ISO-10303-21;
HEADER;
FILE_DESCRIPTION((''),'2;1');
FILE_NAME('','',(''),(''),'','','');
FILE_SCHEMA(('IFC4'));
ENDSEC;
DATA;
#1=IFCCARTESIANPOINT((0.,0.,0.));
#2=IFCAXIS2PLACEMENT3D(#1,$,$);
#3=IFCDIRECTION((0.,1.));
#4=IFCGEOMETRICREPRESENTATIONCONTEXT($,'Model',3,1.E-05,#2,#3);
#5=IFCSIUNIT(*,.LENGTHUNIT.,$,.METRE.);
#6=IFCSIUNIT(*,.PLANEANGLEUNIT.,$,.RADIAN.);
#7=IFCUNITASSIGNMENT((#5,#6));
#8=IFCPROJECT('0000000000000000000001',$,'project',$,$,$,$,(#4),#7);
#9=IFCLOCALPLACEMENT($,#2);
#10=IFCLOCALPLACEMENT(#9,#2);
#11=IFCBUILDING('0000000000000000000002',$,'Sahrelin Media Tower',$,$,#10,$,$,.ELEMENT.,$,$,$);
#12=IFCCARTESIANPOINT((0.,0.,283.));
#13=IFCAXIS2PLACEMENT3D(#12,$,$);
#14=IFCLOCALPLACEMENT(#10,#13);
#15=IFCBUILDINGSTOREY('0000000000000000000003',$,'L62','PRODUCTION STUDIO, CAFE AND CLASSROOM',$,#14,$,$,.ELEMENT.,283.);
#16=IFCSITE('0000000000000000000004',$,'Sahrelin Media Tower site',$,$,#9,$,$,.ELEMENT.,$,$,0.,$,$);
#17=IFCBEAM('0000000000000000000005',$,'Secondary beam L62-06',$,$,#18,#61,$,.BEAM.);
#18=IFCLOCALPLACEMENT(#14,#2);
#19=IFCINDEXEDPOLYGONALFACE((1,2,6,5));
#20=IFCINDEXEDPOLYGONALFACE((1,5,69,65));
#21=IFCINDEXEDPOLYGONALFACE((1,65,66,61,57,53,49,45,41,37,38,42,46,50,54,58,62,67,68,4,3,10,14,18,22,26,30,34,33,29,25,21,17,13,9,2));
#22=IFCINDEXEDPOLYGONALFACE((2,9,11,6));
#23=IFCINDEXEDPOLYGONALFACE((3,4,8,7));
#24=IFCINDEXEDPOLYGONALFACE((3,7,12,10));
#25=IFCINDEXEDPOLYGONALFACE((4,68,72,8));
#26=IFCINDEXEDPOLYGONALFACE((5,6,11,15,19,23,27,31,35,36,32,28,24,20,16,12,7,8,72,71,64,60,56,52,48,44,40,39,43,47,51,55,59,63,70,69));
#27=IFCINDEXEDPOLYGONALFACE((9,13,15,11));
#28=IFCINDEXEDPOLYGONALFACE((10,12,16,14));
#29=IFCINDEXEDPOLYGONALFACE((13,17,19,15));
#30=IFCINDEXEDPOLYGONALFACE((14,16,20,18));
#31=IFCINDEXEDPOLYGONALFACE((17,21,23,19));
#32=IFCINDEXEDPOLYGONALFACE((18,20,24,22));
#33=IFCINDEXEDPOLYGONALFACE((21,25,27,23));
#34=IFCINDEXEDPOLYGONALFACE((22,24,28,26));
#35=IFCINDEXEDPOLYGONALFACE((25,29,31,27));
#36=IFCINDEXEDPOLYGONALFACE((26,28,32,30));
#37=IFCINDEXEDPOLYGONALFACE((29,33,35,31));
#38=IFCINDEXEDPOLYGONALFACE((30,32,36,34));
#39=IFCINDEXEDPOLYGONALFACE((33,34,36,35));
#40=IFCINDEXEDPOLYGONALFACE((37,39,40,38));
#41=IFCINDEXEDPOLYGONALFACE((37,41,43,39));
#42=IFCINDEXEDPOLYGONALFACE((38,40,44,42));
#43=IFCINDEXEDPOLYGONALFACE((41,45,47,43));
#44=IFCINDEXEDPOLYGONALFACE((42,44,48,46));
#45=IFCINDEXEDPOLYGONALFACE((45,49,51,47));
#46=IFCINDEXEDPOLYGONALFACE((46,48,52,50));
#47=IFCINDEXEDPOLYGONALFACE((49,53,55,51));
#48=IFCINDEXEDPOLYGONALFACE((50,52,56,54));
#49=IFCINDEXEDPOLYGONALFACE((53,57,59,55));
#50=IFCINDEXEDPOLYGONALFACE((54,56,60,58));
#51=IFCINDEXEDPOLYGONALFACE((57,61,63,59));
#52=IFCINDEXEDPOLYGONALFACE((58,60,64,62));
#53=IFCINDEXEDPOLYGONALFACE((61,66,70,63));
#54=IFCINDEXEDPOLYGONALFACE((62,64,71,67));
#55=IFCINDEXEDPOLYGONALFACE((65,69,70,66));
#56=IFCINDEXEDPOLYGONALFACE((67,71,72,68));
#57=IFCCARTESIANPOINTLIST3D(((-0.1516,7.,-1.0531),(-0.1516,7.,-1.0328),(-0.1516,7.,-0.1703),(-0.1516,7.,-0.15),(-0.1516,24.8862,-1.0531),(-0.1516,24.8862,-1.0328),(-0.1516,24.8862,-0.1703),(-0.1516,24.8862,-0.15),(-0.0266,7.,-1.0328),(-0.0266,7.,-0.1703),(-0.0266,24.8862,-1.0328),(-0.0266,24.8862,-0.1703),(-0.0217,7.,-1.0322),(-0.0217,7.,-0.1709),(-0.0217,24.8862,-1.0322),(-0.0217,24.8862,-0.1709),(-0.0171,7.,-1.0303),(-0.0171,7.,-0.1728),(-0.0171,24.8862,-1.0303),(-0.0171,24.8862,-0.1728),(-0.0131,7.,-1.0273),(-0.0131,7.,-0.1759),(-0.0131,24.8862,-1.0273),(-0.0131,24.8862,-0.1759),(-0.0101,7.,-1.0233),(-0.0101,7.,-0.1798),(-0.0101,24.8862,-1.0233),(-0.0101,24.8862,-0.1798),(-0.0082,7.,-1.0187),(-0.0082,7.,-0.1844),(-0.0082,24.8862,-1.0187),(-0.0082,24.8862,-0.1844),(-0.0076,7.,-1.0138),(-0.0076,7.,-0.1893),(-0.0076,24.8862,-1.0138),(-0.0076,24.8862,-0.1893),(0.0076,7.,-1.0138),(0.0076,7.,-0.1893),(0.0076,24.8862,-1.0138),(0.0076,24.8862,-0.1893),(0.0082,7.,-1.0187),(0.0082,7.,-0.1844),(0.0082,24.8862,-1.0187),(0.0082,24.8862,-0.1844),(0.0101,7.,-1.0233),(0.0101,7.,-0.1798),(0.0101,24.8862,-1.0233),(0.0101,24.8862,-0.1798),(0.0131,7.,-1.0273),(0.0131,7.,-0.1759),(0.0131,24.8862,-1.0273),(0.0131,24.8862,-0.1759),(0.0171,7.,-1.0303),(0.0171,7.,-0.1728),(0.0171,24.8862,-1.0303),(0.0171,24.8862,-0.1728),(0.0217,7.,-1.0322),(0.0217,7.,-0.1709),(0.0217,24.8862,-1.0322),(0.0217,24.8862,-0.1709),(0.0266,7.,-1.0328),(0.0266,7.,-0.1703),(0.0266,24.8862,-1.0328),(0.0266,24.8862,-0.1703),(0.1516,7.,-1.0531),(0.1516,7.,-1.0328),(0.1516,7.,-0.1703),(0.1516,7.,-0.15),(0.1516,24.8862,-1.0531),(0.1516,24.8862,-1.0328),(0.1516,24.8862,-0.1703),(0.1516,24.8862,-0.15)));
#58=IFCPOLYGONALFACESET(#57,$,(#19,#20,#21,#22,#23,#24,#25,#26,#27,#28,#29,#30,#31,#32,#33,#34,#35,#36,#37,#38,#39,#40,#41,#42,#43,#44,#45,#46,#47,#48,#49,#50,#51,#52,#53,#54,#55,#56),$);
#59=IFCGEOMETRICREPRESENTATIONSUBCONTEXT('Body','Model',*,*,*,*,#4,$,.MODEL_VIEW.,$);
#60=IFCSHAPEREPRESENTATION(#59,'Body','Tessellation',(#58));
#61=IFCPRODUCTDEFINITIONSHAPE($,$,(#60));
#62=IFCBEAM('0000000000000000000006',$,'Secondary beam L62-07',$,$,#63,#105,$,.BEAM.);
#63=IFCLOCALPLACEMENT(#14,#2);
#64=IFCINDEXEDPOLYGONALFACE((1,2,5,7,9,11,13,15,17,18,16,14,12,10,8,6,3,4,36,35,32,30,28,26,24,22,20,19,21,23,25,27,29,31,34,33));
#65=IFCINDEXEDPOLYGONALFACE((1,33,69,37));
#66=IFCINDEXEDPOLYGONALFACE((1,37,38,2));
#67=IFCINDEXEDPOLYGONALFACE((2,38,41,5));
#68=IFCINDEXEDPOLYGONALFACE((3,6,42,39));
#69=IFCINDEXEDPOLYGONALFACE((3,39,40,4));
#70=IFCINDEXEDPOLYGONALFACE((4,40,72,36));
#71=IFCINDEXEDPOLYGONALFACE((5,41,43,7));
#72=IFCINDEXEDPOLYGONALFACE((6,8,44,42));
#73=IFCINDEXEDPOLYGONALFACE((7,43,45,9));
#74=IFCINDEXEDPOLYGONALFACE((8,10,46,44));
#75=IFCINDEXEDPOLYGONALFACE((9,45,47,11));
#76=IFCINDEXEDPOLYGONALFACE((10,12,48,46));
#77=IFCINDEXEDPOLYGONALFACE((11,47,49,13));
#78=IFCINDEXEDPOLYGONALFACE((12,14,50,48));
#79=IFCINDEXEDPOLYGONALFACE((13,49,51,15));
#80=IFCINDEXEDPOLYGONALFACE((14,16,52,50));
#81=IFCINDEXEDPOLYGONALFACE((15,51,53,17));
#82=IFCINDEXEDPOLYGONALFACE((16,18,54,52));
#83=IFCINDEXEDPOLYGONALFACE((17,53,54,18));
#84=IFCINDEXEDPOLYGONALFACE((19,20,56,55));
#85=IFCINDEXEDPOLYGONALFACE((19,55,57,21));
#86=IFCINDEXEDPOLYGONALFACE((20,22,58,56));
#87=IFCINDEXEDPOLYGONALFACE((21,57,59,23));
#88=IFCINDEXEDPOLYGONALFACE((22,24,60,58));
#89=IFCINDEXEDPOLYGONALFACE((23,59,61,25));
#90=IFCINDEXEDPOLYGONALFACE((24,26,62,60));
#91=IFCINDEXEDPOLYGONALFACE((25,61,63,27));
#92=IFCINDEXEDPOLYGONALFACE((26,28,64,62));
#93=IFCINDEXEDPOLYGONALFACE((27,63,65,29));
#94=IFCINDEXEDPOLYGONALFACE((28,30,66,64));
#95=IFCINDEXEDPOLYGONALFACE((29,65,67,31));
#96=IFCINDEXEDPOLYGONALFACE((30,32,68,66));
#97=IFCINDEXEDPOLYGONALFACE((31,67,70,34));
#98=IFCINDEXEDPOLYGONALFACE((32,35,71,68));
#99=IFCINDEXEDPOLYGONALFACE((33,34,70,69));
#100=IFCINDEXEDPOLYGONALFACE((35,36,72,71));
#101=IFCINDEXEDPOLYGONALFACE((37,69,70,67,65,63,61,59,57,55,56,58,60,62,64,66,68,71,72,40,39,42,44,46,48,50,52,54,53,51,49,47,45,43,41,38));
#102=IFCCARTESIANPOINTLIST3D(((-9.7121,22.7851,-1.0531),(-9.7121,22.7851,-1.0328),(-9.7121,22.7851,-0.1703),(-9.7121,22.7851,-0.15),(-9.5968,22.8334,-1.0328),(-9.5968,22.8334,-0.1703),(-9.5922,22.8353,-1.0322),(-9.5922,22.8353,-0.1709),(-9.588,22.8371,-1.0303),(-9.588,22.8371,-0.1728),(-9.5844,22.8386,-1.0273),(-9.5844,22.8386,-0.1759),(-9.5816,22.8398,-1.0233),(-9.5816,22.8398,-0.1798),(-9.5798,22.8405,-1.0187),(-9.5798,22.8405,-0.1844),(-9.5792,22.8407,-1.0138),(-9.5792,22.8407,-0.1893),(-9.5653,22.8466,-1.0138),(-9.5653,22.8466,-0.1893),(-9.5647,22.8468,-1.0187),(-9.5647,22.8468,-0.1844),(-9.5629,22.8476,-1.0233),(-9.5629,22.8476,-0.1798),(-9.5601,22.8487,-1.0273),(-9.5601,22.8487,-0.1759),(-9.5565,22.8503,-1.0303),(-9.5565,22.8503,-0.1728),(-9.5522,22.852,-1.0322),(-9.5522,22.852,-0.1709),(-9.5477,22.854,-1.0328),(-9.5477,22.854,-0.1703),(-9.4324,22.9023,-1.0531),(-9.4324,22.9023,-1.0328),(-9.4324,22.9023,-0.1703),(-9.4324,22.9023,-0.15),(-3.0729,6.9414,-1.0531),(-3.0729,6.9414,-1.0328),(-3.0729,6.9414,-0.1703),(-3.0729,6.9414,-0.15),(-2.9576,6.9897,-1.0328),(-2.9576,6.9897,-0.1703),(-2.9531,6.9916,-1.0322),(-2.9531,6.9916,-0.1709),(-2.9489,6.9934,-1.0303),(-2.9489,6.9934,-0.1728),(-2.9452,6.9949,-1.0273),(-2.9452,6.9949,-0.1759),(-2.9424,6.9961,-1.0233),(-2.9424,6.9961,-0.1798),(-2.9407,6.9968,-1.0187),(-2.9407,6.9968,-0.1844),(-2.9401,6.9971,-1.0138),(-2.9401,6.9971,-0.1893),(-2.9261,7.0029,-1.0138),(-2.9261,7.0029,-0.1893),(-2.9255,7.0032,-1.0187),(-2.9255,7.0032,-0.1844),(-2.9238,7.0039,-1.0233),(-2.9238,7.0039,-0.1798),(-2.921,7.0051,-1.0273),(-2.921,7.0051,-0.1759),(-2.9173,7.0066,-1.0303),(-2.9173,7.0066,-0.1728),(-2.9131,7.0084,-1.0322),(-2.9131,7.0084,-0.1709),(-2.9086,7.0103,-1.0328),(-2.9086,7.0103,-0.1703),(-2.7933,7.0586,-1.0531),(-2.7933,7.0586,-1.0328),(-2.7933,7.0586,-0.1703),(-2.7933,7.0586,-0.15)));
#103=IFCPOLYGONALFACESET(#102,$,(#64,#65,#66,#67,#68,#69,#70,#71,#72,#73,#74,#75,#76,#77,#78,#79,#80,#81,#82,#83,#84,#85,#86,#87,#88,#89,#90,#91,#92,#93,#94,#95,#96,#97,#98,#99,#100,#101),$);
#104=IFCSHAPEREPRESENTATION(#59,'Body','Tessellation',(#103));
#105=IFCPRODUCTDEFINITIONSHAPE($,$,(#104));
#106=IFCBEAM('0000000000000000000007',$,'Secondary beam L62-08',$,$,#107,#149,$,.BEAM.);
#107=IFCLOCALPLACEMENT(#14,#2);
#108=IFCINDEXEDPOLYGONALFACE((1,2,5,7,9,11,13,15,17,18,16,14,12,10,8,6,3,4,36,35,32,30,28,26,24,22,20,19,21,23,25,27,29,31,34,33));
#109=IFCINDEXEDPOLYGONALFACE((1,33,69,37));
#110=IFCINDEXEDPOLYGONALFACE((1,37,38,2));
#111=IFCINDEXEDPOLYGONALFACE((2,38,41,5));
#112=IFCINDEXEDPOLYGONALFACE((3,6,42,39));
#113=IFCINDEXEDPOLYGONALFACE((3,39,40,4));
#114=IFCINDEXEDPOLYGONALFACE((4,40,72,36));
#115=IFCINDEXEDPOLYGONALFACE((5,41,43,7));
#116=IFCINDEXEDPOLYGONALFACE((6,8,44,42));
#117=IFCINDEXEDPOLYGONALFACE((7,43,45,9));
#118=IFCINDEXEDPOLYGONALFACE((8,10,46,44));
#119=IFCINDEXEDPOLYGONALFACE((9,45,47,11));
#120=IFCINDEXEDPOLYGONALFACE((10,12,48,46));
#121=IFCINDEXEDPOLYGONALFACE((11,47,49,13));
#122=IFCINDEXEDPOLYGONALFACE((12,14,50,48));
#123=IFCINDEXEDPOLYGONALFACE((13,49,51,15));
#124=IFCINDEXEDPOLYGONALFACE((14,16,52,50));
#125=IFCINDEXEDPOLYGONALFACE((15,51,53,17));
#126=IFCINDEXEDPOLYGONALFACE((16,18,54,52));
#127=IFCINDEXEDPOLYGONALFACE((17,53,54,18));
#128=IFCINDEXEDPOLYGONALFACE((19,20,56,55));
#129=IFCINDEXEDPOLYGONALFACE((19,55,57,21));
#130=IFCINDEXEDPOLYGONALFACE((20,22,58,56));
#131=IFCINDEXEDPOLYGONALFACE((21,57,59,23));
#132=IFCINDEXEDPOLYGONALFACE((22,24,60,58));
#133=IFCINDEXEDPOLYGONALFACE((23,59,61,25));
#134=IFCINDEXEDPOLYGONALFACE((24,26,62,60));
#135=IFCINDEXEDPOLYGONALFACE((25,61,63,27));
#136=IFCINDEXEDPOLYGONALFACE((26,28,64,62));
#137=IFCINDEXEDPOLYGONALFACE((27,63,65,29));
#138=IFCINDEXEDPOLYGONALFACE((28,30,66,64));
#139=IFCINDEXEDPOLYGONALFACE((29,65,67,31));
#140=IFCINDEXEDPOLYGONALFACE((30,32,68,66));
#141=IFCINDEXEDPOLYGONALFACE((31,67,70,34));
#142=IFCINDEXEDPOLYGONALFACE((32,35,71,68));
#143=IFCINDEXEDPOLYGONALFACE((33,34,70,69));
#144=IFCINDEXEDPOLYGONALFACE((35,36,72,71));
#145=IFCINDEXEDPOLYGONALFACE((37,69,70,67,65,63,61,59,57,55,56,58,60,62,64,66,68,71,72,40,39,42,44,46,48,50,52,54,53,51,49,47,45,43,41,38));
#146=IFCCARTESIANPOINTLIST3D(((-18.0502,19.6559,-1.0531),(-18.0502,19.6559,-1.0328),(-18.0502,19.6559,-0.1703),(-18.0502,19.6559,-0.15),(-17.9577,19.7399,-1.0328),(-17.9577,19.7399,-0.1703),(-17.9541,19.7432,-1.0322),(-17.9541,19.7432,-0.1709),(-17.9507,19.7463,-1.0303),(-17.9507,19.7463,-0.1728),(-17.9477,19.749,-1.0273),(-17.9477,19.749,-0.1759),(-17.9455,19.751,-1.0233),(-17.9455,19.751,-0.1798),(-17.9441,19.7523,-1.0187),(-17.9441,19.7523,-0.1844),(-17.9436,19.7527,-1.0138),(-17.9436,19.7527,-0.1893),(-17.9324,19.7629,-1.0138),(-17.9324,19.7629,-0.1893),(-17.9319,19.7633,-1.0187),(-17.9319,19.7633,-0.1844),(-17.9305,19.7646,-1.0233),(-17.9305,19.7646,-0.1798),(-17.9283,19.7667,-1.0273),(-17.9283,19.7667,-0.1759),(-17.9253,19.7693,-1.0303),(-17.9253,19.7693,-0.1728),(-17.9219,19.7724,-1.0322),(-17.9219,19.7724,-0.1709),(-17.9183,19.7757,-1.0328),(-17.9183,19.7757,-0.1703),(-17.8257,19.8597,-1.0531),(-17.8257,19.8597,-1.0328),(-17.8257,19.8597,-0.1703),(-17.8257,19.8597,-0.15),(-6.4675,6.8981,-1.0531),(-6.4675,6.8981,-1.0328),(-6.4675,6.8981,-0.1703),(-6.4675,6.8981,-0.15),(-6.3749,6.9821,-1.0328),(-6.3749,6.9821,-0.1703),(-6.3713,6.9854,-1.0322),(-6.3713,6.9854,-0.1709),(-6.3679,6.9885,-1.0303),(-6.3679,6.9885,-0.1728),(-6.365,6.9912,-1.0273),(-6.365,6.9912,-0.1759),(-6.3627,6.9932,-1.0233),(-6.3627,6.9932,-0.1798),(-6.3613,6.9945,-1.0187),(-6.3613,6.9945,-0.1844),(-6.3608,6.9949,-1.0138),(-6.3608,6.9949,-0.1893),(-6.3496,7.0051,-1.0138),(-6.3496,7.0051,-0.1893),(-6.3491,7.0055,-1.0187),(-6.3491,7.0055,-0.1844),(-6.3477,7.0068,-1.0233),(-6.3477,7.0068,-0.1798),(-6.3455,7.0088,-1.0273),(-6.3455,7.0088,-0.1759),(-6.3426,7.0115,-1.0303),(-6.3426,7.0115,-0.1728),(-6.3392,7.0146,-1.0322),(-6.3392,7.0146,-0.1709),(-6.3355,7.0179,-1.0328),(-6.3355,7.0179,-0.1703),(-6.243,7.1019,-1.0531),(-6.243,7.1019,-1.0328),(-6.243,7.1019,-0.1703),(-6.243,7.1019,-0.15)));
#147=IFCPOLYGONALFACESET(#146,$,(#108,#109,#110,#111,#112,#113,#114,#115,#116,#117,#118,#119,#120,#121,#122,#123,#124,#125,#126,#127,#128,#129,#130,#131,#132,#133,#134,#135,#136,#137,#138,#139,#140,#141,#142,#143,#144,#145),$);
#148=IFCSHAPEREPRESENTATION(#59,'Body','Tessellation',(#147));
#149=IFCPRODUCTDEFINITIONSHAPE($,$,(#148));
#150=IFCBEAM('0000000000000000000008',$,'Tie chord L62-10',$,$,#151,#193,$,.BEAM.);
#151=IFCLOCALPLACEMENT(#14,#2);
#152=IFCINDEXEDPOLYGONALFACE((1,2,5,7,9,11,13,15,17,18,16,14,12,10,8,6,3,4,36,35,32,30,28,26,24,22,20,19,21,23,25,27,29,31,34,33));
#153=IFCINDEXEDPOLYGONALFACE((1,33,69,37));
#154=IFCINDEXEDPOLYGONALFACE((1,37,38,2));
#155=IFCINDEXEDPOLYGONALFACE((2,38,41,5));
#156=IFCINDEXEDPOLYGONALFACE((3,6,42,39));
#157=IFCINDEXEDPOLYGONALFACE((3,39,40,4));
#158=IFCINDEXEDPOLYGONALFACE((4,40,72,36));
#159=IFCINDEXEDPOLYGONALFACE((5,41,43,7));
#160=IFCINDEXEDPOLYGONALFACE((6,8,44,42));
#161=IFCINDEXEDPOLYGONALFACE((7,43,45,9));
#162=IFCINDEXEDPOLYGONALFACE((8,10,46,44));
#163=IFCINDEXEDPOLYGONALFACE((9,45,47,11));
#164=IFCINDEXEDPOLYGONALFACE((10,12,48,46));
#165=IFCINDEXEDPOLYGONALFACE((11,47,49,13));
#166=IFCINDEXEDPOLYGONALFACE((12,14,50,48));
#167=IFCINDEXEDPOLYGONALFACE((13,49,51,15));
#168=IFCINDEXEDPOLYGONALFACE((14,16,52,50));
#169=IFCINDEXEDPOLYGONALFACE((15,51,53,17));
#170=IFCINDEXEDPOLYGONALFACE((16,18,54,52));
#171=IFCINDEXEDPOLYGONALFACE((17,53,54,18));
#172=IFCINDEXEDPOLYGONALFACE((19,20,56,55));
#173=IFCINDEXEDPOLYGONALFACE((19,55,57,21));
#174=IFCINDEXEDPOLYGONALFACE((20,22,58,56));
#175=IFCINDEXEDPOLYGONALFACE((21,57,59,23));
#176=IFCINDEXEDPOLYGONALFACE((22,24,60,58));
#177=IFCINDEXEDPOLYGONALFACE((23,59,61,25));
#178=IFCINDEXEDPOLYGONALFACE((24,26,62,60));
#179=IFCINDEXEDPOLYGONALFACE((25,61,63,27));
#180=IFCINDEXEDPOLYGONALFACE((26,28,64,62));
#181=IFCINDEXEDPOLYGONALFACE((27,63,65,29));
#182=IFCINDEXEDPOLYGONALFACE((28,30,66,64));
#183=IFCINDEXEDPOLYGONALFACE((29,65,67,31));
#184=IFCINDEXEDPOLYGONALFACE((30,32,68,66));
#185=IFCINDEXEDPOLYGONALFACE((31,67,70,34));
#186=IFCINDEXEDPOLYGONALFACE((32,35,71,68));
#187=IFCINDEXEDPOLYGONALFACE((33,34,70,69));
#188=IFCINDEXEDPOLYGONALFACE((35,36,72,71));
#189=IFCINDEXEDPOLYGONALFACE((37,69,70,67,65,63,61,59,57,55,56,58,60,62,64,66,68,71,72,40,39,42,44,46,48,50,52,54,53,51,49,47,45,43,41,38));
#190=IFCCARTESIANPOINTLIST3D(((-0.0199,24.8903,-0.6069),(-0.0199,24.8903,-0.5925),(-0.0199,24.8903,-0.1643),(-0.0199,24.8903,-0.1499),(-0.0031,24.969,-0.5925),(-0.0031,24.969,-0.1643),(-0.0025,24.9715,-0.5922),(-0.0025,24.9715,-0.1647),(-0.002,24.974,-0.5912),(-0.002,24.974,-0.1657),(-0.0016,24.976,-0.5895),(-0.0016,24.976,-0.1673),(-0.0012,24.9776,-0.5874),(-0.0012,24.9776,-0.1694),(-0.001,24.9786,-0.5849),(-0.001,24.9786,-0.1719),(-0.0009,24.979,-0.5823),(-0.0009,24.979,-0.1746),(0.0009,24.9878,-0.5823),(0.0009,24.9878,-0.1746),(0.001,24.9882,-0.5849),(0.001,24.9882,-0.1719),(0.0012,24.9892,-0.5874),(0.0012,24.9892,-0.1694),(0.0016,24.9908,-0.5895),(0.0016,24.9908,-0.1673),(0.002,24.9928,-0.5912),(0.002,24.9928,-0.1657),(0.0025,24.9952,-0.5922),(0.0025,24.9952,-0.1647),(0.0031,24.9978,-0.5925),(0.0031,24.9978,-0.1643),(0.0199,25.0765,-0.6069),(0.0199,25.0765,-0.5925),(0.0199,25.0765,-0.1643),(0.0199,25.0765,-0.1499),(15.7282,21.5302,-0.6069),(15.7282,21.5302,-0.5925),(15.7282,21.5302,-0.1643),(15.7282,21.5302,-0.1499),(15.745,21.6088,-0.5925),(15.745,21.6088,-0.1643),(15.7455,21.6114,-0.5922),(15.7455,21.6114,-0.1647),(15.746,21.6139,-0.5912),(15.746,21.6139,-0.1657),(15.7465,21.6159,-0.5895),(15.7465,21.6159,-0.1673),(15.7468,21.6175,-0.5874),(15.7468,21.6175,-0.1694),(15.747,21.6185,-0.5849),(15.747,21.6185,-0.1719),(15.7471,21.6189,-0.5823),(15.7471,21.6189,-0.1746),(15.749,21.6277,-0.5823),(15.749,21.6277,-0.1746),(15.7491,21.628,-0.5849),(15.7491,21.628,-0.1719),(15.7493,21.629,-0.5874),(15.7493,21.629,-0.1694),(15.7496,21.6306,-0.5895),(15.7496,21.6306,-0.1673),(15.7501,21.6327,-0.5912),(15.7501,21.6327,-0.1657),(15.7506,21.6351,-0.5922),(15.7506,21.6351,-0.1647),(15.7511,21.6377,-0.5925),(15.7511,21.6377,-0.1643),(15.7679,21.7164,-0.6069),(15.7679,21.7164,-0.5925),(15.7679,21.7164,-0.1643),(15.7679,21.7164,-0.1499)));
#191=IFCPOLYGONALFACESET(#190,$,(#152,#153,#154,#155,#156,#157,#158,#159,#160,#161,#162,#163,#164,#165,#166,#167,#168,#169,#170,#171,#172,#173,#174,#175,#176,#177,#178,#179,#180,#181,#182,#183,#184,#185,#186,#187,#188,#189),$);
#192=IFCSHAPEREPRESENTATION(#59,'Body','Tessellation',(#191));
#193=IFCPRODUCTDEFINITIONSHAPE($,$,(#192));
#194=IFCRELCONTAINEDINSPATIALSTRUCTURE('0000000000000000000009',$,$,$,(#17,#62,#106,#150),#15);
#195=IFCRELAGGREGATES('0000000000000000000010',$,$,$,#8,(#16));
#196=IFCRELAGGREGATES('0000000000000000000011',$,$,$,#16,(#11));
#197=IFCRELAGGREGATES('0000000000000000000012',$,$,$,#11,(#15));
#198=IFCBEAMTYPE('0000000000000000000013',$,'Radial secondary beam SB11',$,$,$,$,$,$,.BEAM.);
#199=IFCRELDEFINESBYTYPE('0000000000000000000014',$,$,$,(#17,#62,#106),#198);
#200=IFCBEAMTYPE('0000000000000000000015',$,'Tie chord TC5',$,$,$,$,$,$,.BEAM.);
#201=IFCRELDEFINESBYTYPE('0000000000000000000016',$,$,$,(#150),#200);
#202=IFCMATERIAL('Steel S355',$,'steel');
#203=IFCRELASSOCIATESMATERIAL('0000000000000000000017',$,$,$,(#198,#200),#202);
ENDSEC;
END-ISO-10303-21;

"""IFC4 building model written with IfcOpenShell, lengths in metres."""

from ifc_helpers import new_model, si_unit, direction, frame, origin, origin_2d, place, context, subcontext, project, spatial, i_section, extrude, material, material_profile, profile_set, type_object, element, save


model = new_model("IFC4")

# Units and contexts
model_context = context("Model", 3, precision=1e-05, world=origin(), true_north=direction((0.0, 1.0)))
body_context = subcontext(model_context, "Body", "Model", "MODEL_VIEW")
ifc_project = project(units=[si_unit("LENGTHUNIT", "METRE"), si_unit("PLANEANGLEUNIT", "RADIAN")], contexts=[model_context])

# Site, building, storey
site_placement = place(None, origin())
site = spatial("IfcSite", under=ifc_project, at=site_placement, Name="Sahrelin Media Tower site", CompositionType="ELEMENT", RefElevation=0.0)
building_placement = place(site_placement, origin())
building = spatial("IfcBuilding", under=site, at=building_placement, Name="Sahrelin Media Tower", CompositionType="ELEMENT")
storey_placement = place(building_placement, frame((0.0, 0.0, 283.0)))
storey = spatial("IfcBuildingStorey", under=building, at=storey_placement, Name="L62", Description="PRODUCTION STUDIO, CAFE AND CLASSROOM", CompositionType="ELEMENT", Elevation=283.0)

# Shared definitions
ifc_material_1 = material(Name="Steel S355", Category="steel")

# Beams
ifc_material_profile_1 = material_profile(ifc_material_1, i_section(OverallWidth=0.3032, OverallDepth=0.9031, WebThickness=0.0151, FlangeThickness=0.0203, FilletRadius=0.019, at=origin_2d()), Name="UB 914x305x201")
ifc_profile_set_1 = profile_set([ifc_material_profile_1], Name="Steel S355")
beam_type_1 = type_object("IfcBeamType", Name="Radial secondary beam SB11", PredefinedType="BEAM", material=ifc_profile_set_1)
beam_1_placement = place(storey_placement, frame((0.0, 7.0, -0.6016), z_axis=(0.0, 1.0, 0.0), x_axis=(-1.0, 0.0, 0.0)))
element("IfcBeam", 1, at=beam_1_placement, inside=storey, type_object=beam_type_1, Name="Secondary beam L62-06", PredefinedType="BEAM", context=body_context, shape_type="SweptSolid", body=[
    extrude(i_section(OverallWidth=0.3032, OverallDepth=0.9031, WebThickness=0.0151, FlangeThickness=0.0203, FilletRadius=0.019, at=origin_2d()), origin(), (0.0, 0.0, 1.0), 17.8862),
])
beam_2_placement = place(storey_placement, frame((-2.9331, 7.0, -0.6016), z_axis=(-0.386479, 0.922298, 0.0), x_axis=(-0.922298, -0.386479, 0.0)))
element("IfcBeam", 2, at=beam_2_placement, inside=storey, type_object=beam_type_1, Name="Secondary beam L62-07", PredefinedType="BEAM", context=body_context, shape_type="SweptSolid", body=[
    extrude(i_section(OverallWidth=0.3032, OverallDepth=0.9031, WebThickness=0.0151, FlangeThickness=0.0203, FilletRadius=0.019, at=origin_2d()), origin(), (0.0, 0.0, 1.0), 17.1785),
])
beam_3_placement = place(storey_placement, frame((-6.3552, 7.0, -0.6016), z_axis=(-0.672188, 0.74038, 0.0), x_axis=(-0.74038, -0.672188, 0.0)))
element("IfcBeam", 3, at=beam_3_placement, inside=storey, type_object=beam_type_1, Name="Secondary beam L62-08", PredefinedType="BEAM", context=body_context, shape_type="SweptSolid", body=[
    extrude(i_section(OverallWidth=0.3032, OverallDepth=0.9031, WebThickness=0.0151, FlangeThickness=0.0203, FilletRadius=0.019, at=origin_2d()), origin(), (0.0, 0.0, 1.0), 17.2314),
])
ifc_material_profile_2 = material_profile(ifc_material_1, i_section(OverallWidth=0.1904, OverallDepth=0.457, WebThickness=0.009, FlangeThickness=0.0144, FilletRadius=0.0103, at=origin_2d()), Name="UB 457x191x74")
ifc_profile_set_2 = profile_set([ifc_material_profile_2], Name="Steel S355")
beam_type_2 = type_object("IfcBeamType", Name="Tie chord TC5", PredefinedType="BEAM", material=ifc_profile_set_2)
beam_4_placement = place(storey_placement, frame((0.0, 24.9834, -0.3784), z_axis=(0.977986, -0.20867, 0.0), x_axis=(0.20867, 0.977986, 0.0)))
element("IfcBeam", 4, at=beam_4_placement, inside=storey, type_object=beam_type_2, Name="Tie chord L62-10", PredefinedType="BEAM", context=body_context, shape_type="SweptSolid", body=[
    extrude(i_section(OverallWidth=0.1904, OverallDepth=0.457, WebThickness=0.009, FlangeThickness=0.0144, FilletRadius=0.0103, at=origin_2d()), origin(), (0.0, 0.0, 1.0), 16.1025),
])

save(model, "model.ifc")
